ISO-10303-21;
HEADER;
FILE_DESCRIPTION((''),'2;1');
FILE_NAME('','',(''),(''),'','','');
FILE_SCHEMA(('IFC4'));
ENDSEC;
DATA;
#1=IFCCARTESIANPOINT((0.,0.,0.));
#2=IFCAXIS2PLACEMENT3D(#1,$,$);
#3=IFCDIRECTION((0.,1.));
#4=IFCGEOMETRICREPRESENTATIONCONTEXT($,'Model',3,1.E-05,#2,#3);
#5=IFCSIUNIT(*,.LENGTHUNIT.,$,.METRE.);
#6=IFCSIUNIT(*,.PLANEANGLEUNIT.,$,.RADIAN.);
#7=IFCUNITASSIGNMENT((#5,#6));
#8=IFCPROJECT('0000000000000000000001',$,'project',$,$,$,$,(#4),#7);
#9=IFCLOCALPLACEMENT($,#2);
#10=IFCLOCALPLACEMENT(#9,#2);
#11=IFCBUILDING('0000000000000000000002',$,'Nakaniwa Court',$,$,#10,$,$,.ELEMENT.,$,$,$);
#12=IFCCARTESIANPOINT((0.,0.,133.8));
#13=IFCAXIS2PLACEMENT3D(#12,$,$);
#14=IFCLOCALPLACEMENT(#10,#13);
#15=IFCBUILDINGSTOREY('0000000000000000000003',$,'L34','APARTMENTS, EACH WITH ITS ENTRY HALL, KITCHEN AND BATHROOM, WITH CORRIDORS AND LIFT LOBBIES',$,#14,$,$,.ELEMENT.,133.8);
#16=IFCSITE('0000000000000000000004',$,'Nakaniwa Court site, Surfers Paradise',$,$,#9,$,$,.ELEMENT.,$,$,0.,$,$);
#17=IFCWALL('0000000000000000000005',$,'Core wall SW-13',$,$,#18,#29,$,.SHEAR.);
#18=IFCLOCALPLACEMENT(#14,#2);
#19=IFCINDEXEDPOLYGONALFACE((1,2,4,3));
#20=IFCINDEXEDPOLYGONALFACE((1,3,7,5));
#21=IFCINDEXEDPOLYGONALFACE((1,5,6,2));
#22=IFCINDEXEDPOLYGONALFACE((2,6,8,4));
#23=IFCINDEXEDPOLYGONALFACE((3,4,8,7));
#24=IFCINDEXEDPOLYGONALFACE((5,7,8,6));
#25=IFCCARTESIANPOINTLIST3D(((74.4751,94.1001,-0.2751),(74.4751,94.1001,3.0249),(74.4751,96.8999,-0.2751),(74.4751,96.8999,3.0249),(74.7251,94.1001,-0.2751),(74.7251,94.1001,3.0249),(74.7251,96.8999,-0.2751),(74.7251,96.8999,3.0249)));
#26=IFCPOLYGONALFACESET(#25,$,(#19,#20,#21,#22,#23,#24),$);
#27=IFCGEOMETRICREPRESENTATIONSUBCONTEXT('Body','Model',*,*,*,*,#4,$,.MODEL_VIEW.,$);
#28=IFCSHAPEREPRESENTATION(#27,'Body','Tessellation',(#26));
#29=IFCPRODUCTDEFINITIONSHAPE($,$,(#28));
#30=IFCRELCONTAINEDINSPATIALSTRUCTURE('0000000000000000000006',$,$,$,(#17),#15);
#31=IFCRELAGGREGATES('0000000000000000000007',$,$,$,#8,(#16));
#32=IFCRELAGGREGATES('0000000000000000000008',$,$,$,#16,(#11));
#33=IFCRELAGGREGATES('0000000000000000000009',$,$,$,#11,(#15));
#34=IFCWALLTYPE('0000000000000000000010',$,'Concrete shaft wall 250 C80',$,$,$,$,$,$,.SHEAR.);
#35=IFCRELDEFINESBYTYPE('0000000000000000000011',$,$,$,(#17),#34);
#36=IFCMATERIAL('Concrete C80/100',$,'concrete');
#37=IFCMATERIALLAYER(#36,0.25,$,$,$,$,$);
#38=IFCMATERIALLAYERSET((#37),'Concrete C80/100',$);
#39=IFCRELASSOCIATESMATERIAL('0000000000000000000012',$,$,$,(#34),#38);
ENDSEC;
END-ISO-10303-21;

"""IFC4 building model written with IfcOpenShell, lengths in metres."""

from ifc_helpers import new_model, si_unit, direction, frame, frame_2d, origin, place, context, subcontext, project, spatial, rectangle, extrude, material, layer, layer_set, type_object, element, save


model = new_model("IFC4")

# Units and contexts
model_context = context("Model", 3, precision=1e-05, world=origin(), true_north=direction((0.0, 1.0)))
body_context = subcontext(model_context, "Body", "Model", "MODEL_VIEW")
ifc_project = project(units=[si_unit("LENGTHUNIT", "METRE"), si_unit("PLANEANGLEUNIT", "RADIAN")], contexts=[model_context])

# Site, building, storey
site_placement = place(None, origin())
site = spatial("IfcSite", under=ifc_project, at=site_placement, Name="Nakaniwa Court site, Surfers Paradise", CompositionType="ELEMENT", RefElevation=0.0)
building_placement = place(site_placement, origin())
building = spatial("IfcBuilding", under=site, at=building_placement, Name="Nakaniwa Court", CompositionType="ELEMENT")
storey_placement = place(building_placement, frame((0.0, 0.0, 133.8)))
storey = spatial("IfcBuildingStorey", under=building, at=storey_placement, Name="L34", Description="APARTMENTS, EACH WITH ITS ENTRY HALL, KITCHEN AND BATHROOM, WITH CORRIDORS AND LIFT LOBBIES", CompositionType="ELEMENT", Elevation=133.8)

# Shared definitions
ifc_material_1 = material(Name="Concrete C80/100", Category="concrete")

# Wall
ifc_layer_1 = layer(ifc_material_1, 0.25)
ifc_layer_set_1 = layer_set([ifc_layer_1], Name="Concrete C80/100")
wall_type_1 = type_object("IfcWallType", Name="Concrete shaft wall 250 C80", PredefinedType="SHEAR", material=ifc_layer_set_1)
wall_1_placement = place(storey_placement, frame((74.6001, 94.1001, -0.2751), z_axis=(0.0, 0.0, 1.0), x_axis=(0.0, 1.0, 0.0)))
element("IfcWall", 1, at=wall_1_placement, inside=storey, type_object=wall_type_1, Name="Core wall SW-13", PredefinedType="SHEAR", context=body_context, shape_type="SweptSolid", body=[
    extrude(rectangle(XDim=2.7998, YDim=0.25, at=frame_2d((1.3999, 0.0))), origin(), (0.0, 0.0, 1.0), 3.3),
])

save(model, "model.ifc")
